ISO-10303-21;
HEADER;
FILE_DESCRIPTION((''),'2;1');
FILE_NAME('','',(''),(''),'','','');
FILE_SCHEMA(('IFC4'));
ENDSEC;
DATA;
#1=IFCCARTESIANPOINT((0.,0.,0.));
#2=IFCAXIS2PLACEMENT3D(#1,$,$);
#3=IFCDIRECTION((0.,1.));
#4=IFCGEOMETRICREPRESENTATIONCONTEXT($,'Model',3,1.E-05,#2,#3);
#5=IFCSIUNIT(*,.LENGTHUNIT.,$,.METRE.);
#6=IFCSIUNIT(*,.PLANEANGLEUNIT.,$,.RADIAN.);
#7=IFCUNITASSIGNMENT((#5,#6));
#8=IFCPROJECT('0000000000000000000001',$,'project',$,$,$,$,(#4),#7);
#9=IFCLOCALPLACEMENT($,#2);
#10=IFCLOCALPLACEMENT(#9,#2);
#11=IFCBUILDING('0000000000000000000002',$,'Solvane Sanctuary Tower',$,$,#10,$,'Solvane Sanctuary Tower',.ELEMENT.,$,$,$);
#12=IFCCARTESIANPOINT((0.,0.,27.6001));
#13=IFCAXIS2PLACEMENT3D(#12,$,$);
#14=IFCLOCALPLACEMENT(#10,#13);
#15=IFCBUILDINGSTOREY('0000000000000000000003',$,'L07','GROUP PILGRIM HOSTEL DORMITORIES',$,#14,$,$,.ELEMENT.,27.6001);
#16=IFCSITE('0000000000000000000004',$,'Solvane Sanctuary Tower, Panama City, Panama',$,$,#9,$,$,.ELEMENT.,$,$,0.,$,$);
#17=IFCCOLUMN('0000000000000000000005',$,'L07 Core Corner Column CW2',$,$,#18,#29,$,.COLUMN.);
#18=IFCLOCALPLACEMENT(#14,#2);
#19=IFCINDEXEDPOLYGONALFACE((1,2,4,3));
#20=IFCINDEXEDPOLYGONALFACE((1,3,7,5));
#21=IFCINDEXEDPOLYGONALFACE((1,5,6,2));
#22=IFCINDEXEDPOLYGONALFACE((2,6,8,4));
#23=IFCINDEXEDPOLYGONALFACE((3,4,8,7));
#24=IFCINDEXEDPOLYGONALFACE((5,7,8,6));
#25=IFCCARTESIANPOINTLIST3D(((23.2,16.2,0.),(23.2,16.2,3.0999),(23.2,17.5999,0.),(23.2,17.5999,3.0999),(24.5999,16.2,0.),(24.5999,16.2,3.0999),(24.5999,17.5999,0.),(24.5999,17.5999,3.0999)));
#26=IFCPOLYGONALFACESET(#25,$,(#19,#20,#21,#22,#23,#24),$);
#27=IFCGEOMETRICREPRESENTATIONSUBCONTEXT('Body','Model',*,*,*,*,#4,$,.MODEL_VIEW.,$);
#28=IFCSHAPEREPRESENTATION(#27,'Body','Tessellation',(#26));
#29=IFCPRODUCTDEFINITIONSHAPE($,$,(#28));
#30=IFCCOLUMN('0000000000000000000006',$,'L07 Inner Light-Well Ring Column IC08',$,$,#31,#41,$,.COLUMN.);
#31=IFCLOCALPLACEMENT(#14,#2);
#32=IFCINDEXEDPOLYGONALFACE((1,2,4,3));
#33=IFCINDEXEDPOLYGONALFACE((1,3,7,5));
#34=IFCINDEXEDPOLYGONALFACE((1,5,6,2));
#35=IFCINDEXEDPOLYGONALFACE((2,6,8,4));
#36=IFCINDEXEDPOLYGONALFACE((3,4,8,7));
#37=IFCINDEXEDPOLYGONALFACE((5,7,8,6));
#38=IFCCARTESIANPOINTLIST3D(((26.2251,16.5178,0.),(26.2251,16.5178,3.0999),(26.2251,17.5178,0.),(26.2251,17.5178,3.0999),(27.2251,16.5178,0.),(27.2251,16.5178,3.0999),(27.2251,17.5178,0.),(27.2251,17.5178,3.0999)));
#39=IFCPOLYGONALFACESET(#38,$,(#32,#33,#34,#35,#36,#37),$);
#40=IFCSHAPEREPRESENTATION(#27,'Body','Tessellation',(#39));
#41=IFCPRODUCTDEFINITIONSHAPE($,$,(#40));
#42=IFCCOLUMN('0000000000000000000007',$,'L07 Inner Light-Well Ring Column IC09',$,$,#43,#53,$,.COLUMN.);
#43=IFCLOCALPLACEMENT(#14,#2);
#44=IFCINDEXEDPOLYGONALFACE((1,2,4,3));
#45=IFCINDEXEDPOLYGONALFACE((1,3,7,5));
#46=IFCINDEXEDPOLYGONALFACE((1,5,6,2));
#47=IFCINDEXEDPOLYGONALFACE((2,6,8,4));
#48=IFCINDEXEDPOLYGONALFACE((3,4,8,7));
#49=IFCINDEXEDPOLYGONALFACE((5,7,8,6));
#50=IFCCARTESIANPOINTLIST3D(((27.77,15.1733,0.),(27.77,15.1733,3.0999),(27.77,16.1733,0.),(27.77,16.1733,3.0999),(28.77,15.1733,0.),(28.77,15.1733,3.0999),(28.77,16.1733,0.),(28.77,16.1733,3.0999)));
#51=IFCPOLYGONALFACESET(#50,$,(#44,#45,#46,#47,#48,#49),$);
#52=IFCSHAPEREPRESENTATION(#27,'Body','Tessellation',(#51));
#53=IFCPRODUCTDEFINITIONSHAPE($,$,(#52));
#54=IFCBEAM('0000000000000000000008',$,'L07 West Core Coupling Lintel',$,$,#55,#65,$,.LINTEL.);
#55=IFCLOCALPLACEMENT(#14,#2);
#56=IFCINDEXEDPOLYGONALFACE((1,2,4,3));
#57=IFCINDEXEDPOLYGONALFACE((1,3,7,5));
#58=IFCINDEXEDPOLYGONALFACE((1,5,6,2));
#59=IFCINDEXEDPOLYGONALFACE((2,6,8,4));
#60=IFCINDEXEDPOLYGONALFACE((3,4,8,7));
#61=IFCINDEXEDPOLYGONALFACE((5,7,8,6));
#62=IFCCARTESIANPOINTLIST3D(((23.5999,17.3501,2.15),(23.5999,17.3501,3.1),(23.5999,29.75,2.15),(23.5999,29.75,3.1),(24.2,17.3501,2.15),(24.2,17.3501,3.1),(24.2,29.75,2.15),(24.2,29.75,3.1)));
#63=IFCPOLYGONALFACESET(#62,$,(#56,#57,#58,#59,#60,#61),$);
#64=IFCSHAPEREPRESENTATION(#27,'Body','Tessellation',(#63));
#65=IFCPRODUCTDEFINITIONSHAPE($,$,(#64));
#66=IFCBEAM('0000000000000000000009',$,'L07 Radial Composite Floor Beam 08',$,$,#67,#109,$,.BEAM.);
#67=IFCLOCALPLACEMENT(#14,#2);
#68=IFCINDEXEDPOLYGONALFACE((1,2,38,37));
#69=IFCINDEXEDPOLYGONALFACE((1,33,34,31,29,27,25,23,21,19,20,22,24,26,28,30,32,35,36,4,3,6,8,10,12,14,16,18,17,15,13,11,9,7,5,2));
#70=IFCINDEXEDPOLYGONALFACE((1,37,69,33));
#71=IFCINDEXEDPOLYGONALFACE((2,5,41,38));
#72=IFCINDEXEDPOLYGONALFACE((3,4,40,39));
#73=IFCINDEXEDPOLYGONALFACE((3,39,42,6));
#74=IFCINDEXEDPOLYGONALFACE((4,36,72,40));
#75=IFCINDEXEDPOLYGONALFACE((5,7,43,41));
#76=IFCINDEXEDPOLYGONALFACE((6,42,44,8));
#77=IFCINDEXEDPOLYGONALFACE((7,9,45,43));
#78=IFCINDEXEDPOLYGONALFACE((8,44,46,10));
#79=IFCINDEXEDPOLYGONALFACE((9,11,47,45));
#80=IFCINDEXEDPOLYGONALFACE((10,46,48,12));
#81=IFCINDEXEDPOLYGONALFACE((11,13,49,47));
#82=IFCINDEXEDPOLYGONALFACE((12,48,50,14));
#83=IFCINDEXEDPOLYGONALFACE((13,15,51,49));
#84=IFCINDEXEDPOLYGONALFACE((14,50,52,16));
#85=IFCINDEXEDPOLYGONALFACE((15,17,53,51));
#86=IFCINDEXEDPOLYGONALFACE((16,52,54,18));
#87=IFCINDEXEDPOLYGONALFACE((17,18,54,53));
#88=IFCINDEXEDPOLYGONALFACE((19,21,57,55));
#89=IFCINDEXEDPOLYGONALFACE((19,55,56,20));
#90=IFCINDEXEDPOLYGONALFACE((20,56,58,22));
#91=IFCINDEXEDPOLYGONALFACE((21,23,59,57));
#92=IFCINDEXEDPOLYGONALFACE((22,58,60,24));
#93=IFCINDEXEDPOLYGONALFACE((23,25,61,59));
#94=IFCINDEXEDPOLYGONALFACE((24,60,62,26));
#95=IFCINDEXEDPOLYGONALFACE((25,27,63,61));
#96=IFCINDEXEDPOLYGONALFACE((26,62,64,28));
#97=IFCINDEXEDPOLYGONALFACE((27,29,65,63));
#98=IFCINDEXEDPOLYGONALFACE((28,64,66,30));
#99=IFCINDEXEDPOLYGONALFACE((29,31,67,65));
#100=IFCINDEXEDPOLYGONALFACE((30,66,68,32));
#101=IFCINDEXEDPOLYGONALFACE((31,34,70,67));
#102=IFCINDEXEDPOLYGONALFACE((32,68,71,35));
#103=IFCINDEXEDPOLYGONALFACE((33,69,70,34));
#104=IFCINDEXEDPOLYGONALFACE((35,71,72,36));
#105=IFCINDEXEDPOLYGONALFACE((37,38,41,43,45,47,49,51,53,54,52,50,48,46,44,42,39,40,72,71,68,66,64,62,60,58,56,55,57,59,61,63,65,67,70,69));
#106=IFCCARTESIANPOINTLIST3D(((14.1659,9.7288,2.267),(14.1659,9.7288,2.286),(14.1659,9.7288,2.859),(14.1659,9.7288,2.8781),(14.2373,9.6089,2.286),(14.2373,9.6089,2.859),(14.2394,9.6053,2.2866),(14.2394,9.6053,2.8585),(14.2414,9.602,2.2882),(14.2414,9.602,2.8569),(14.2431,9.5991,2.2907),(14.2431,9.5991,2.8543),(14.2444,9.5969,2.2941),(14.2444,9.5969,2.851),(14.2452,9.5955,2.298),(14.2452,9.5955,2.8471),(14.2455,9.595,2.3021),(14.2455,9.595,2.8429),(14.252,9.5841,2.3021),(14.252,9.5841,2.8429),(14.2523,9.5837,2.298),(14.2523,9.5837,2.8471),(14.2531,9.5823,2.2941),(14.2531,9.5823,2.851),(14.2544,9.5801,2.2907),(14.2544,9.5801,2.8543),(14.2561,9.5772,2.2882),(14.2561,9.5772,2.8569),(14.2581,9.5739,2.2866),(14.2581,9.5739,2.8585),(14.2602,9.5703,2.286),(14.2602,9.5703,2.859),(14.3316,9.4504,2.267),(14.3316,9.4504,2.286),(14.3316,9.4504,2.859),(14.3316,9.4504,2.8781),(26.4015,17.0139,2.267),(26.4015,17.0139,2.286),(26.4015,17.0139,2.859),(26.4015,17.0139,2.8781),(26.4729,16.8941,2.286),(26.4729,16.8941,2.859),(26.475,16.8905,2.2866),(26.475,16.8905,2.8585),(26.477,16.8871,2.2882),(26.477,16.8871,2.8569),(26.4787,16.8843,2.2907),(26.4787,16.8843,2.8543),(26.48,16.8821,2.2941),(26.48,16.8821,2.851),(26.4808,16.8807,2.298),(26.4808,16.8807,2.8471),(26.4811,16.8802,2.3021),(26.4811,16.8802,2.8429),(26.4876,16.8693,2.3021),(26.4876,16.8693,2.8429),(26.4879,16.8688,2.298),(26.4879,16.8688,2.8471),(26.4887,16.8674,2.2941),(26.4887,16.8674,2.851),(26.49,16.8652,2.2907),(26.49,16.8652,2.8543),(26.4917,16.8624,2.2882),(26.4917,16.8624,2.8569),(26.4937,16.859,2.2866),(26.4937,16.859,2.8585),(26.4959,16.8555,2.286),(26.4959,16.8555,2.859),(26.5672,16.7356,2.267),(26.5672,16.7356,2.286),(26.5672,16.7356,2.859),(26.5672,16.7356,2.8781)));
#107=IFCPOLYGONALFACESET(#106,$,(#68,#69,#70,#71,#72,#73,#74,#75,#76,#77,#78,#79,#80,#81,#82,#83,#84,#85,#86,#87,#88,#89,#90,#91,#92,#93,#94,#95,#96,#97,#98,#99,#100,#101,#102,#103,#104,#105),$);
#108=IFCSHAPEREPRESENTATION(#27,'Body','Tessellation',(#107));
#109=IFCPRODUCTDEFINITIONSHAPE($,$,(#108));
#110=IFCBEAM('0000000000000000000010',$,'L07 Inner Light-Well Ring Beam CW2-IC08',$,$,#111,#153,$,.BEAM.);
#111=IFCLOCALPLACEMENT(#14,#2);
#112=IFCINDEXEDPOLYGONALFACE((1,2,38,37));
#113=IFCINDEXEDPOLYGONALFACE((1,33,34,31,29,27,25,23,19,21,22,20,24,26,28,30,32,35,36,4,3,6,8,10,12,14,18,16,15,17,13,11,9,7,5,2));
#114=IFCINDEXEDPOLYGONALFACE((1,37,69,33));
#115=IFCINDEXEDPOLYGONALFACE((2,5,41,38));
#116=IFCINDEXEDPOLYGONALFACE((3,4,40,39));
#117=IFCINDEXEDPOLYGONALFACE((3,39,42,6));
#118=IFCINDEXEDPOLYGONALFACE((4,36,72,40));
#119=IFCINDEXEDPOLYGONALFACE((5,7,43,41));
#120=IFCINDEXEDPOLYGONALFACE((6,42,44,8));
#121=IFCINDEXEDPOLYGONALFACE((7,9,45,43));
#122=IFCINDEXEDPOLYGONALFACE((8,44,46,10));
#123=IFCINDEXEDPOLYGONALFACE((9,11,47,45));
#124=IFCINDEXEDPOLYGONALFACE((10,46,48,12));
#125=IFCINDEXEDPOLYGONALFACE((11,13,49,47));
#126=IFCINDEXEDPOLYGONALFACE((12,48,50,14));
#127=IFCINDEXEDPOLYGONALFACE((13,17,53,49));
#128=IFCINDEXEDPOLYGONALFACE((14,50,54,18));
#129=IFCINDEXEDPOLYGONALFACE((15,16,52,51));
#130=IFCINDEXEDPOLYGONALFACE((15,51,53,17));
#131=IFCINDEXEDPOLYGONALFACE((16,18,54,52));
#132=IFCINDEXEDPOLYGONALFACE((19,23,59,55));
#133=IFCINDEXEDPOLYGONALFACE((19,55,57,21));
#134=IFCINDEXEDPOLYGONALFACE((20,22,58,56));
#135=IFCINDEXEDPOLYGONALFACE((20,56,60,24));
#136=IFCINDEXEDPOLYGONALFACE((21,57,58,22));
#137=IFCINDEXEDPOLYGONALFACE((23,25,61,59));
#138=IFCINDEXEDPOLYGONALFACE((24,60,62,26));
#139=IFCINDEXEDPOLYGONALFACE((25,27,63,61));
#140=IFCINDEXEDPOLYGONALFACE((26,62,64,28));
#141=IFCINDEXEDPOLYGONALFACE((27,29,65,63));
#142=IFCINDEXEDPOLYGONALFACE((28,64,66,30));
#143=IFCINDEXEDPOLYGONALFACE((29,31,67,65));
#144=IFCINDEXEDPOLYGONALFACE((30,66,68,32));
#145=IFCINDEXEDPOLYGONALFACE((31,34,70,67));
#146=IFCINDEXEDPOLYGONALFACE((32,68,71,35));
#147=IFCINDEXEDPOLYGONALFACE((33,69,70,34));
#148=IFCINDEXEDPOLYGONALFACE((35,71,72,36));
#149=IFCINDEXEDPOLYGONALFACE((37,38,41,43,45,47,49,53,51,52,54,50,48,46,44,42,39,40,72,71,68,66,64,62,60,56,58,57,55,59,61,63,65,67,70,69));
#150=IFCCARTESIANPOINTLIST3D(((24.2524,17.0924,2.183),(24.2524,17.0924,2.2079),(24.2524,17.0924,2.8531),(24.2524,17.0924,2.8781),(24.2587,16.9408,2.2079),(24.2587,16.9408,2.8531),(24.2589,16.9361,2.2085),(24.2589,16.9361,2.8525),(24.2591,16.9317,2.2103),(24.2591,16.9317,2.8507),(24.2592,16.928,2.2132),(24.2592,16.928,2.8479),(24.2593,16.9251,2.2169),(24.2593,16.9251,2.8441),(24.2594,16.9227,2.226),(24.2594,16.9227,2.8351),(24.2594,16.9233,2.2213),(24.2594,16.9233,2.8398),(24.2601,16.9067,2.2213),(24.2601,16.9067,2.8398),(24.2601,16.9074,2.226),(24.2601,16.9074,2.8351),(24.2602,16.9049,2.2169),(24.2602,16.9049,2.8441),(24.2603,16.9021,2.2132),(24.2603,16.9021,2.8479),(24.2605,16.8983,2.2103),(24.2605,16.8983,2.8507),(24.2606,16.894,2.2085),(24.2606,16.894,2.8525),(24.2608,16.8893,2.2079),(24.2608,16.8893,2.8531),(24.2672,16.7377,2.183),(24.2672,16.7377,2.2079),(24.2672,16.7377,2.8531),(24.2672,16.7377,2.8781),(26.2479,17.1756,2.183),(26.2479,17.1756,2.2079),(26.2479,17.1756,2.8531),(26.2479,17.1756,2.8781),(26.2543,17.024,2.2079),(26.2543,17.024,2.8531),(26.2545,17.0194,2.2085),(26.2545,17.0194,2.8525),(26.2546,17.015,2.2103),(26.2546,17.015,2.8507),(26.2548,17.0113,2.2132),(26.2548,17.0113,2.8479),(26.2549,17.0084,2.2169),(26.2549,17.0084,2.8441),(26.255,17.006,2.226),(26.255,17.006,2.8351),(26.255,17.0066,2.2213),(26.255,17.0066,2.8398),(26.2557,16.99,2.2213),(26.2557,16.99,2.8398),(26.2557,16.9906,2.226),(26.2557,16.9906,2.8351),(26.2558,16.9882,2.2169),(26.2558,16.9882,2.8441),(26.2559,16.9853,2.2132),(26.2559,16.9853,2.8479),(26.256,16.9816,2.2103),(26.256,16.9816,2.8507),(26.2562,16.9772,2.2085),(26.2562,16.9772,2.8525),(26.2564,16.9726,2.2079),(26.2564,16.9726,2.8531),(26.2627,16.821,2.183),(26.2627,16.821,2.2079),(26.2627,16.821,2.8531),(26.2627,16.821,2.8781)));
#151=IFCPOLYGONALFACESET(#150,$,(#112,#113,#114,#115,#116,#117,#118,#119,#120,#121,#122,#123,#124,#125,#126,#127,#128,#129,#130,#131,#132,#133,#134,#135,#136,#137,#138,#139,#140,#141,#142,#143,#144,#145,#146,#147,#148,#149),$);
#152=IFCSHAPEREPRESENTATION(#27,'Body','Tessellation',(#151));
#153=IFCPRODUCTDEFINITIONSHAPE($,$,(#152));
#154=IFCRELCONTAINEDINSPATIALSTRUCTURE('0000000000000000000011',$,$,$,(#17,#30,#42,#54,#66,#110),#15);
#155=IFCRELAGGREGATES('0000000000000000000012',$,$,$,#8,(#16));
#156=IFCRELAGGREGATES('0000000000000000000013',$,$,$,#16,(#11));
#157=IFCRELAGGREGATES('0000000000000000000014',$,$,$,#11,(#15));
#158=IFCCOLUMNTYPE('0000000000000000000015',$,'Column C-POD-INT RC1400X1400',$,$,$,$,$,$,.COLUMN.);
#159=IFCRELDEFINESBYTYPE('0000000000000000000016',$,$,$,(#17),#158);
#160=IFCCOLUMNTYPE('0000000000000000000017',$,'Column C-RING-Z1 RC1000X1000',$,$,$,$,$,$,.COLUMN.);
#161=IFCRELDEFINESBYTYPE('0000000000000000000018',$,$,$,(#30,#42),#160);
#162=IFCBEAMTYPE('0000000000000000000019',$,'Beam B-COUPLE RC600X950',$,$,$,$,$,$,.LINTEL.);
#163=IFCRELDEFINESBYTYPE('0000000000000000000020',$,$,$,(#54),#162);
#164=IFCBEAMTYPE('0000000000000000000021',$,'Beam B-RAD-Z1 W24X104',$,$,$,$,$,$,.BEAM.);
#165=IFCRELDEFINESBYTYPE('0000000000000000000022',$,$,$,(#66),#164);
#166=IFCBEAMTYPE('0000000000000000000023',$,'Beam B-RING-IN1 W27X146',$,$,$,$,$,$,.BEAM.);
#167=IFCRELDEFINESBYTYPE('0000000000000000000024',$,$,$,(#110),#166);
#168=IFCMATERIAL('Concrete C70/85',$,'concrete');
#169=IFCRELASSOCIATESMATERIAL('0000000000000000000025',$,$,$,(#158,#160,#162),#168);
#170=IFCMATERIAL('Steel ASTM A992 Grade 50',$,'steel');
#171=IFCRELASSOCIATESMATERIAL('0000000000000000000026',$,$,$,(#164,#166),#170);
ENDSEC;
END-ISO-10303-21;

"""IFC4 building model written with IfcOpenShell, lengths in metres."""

from ifc_helpers import new_model, si_unit, direction, frame, origin, origin_2d, place, context, subcontext, project, spatial, rectangle, i_section, extrude, material, material_profile, profile_set, type_object, element, save


model = new_model("IFC4")

# Units and contexts
model_context = context("Model", 3, precision=1e-05, world=origin(), true_north=direction((0.0, 1.0)))
body_context = subcontext(model_context, "Body", "Model", "MODEL_VIEW")
ifc_project = project(units=[si_unit("LENGTHUNIT", "METRE"), si_unit("PLANEANGLEUNIT", "RADIAN")], contexts=[model_context])

# Site, building, storey
site_placement = place(None, origin())
site = spatial("IfcSite", under=ifc_project, at=site_placement, Name="Solvane Sanctuary Tower, Panama City, Panama", CompositionType="ELEMENT", RefElevation=0.0)
building_placement = place(site_placement, origin())
building = spatial("IfcBuilding", under=site, at=building_placement, Name="Solvane Sanctuary Tower", LongName="Solvane Sanctuary Tower", CompositionType="ELEMENT")
storey_placement = place(building_placement, frame((0.0, 0.0, 27.6001)))
storey = spatial("IfcBuildingStorey", under=building, at=storey_placement, Name="L07", Description="GROUP PILGRIM HOSTEL DORMITORIES", CompositionType="ELEMENT", Elevation=27.6001)

# Columns
ifc_material_1 = material(Name="Concrete C70/85", Category="concrete")
ifc_material_profile_1 = material_profile(ifc_material_1, rectangle(XDim=1.3999, YDim=1.3999, at=origin_2d()), Name="RC1400X1400")
ifc_profile_set_1 = profile_set([ifc_material_profile_1], Name="Concrete C70/85")
column_type_1 = type_object("IfcColumnType", Name="Column C-POD-INT RC1400X1400", PredefinedType="COLUMN", material=ifc_profile_set_1)
column_placement = place(storey_placement, frame((23.8999, 16.8999, 0.0), z_axis=(0.0, 0.0, 1.0), x_axis=(1.0, 0.0, 0.0)))
element("IfcColumn", 1, at=column_placement, inside=storey, type_object=column_type_1, Name="L07 Core Corner Column CW2", PredefinedType="COLUMN", context=body_context, shape_type="SweptSolid", body=[
    extrude(rectangle(XDim=1.3999, YDim=1.3999, at=origin_2d()), origin(), (0.0, 0.0, 1.0), 3.0999),
])
ifc_material_profile_2 = material_profile(ifc_material_1, rectangle(XDim=1.0, YDim=1.0, at=origin_2d()), Name="RC1000X1000")
ifc_profile_set_2 = profile_set([ifc_material_profile_2], Name="Concrete C70/85")
column_type_2 = type_object("IfcColumnType", Name="Column C-RING-Z1 RC1000X1000", PredefinedType="COLUMN", material=ifc_profile_set_2)
for number, where, z_axis, x_axis, name in (
    (2, (26.7251, 17.0178, 0.0), (0.0, 0.0, 1.0), (1.0, 0.0, 0.0), "L07 Inner Light-Well Ring Column IC08"),
    (3, (28.27, 15.6733, 0.0), (0.0, 0.0, 1.0), (1.0, 0.0, 0.0), "L07 Inner Light-Well Ring Column IC09"),
):
    element("IfcColumn", number, at=place(storey_placement, frame(where, z_axis=z_axis, x_axis=x_axis)), inside=storey, type_object=column_type_2, Name=name, PredefinedType="COLUMN", context=body_context, shape_type="SweptSolid", body=[
        extrude(rectangle(XDim=1.0, YDim=1.0, at=origin_2d()), origin(), (0.0, 0.0, 1.0), 3.0999),
    ])

# Beams
ifc_material_profile_3 = material_profile(ifc_material_1, rectangle(XDim=0.6001, YDim=0.95, at=origin_2d()), Name="RC600X950")
ifc_profile_set_3 = profile_set([ifc_material_profile_3], Name="Concrete C70/85")
beam_type_1 = type_object("IfcBeamType", Name="Beam B-COUPLE RC600X950", PredefinedType="LINTEL", material=ifc_profile_set_3)
beam_1_placement = place(storey_placement, frame((23.8999, 17.3501, 2.625), z_axis=(0.0, 1.0, 0.0), x_axis=(-1.0, 0.0, 0.0)))
element("IfcBeam", 4, at=beam_1_placement, inside=storey, type_object=beam_type_1, Name="L07 West Core Coupling Lintel", PredefinedType="LINTEL", context=body_context, shape_type="SweptSolid", body=[
    extrude(rectangle(XDim=0.6001, YDim=0.95, at=origin_2d()), origin(), (0.0, 0.0, 1.0), 12.3999),
])
ifc_material_2 = material(Name="Steel ASTM A992 Grade 50", Category="steel")
ifc_material_profile_4 = material_profile(ifc_material_2, i_section(OverallWidth=0.324, OverallDepth=0.6111, WebThickness=0.0127, FlangeThickness=0.019, FilletRadius=0.0161, at=origin_2d()), Name="W24X104")
ifc_profile_set_4 = profile_set([ifc_material_profile_4], Name="Steel ASTM A992 Grade 50")
beam_type_2 = type_object("IfcBeamType", Name="Beam B-RAD-Z1 W24X104", PredefinedType="BEAM", material=ifc_profile_set_4)
beam_2_placement = place(storey_placement, frame((26.4844, 16.8748, 2.5725), z_axis=(-0.859229, -0.511591, 0.0), x_axis=(0.511591, -0.859229, 0.0)))
element("IfcBeam", 5, at=beam_2_placement, inside=storey, type_object=beam_type_2, Name="L07 Radial Composite Floor Beam 08", PredefinedType="BEAM", context=body_context, shape_type="SweptSolid", body=[
    extrude(i_section(OverallWidth=0.324, OverallDepth=0.6111, WebThickness=0.0127, FlangeThickness=0.019, FilletRadius=0.0161, at=origin_2d()), origin(), (0.0, 0.0, 1.0), 14.2402),
])
ifc_material_profile_5 = material_profile(ifc_material_2, i_section(OverallWidth=0.355, OverallDepth=0.6951, WebThickness=0.0154, FlangeThickness=0.0249, FilletRadius=0.0181, at=origin_2d()), Name="W27X146")
ifc_profile_set_5 = profile_set([ifc_material_profile_5], Name="Steel ASTM A992 Grade 50")
beam_type_3 = type_object("IfcBeamType", Name="Beam B-RING-IN1 W27X146", PredefinedType="BEAM", material=ifc_profile_set_5)
beam_3_placement = place(storey_placement, frame((24.2598, 16.915, 2.5305), z_axis=(0.999131, 0.041681, 0.0), x_axis=(-0.041681, 0.999131, 0.0)))
element("IfcBeam", 6, at=beam_3_placement, inside=storey, type_object=beam_type_3, Name="L07 Inner Light-Well Ring Beam CW2-IC08", PredefinedType="BEAM", context=body_context, shape_type="SweptSolid", body=[
    extrude(i_section(OverallWidth=0.355, OverallDepth=0.6951, WebThickness=0.0154, FlangeThickness=0.0249, FilletRadius=0.0181, at=origin_2d()), origin(), (0.0, 0.0, 1.0), 1.9973),
])

save(model, "model.ifc")
